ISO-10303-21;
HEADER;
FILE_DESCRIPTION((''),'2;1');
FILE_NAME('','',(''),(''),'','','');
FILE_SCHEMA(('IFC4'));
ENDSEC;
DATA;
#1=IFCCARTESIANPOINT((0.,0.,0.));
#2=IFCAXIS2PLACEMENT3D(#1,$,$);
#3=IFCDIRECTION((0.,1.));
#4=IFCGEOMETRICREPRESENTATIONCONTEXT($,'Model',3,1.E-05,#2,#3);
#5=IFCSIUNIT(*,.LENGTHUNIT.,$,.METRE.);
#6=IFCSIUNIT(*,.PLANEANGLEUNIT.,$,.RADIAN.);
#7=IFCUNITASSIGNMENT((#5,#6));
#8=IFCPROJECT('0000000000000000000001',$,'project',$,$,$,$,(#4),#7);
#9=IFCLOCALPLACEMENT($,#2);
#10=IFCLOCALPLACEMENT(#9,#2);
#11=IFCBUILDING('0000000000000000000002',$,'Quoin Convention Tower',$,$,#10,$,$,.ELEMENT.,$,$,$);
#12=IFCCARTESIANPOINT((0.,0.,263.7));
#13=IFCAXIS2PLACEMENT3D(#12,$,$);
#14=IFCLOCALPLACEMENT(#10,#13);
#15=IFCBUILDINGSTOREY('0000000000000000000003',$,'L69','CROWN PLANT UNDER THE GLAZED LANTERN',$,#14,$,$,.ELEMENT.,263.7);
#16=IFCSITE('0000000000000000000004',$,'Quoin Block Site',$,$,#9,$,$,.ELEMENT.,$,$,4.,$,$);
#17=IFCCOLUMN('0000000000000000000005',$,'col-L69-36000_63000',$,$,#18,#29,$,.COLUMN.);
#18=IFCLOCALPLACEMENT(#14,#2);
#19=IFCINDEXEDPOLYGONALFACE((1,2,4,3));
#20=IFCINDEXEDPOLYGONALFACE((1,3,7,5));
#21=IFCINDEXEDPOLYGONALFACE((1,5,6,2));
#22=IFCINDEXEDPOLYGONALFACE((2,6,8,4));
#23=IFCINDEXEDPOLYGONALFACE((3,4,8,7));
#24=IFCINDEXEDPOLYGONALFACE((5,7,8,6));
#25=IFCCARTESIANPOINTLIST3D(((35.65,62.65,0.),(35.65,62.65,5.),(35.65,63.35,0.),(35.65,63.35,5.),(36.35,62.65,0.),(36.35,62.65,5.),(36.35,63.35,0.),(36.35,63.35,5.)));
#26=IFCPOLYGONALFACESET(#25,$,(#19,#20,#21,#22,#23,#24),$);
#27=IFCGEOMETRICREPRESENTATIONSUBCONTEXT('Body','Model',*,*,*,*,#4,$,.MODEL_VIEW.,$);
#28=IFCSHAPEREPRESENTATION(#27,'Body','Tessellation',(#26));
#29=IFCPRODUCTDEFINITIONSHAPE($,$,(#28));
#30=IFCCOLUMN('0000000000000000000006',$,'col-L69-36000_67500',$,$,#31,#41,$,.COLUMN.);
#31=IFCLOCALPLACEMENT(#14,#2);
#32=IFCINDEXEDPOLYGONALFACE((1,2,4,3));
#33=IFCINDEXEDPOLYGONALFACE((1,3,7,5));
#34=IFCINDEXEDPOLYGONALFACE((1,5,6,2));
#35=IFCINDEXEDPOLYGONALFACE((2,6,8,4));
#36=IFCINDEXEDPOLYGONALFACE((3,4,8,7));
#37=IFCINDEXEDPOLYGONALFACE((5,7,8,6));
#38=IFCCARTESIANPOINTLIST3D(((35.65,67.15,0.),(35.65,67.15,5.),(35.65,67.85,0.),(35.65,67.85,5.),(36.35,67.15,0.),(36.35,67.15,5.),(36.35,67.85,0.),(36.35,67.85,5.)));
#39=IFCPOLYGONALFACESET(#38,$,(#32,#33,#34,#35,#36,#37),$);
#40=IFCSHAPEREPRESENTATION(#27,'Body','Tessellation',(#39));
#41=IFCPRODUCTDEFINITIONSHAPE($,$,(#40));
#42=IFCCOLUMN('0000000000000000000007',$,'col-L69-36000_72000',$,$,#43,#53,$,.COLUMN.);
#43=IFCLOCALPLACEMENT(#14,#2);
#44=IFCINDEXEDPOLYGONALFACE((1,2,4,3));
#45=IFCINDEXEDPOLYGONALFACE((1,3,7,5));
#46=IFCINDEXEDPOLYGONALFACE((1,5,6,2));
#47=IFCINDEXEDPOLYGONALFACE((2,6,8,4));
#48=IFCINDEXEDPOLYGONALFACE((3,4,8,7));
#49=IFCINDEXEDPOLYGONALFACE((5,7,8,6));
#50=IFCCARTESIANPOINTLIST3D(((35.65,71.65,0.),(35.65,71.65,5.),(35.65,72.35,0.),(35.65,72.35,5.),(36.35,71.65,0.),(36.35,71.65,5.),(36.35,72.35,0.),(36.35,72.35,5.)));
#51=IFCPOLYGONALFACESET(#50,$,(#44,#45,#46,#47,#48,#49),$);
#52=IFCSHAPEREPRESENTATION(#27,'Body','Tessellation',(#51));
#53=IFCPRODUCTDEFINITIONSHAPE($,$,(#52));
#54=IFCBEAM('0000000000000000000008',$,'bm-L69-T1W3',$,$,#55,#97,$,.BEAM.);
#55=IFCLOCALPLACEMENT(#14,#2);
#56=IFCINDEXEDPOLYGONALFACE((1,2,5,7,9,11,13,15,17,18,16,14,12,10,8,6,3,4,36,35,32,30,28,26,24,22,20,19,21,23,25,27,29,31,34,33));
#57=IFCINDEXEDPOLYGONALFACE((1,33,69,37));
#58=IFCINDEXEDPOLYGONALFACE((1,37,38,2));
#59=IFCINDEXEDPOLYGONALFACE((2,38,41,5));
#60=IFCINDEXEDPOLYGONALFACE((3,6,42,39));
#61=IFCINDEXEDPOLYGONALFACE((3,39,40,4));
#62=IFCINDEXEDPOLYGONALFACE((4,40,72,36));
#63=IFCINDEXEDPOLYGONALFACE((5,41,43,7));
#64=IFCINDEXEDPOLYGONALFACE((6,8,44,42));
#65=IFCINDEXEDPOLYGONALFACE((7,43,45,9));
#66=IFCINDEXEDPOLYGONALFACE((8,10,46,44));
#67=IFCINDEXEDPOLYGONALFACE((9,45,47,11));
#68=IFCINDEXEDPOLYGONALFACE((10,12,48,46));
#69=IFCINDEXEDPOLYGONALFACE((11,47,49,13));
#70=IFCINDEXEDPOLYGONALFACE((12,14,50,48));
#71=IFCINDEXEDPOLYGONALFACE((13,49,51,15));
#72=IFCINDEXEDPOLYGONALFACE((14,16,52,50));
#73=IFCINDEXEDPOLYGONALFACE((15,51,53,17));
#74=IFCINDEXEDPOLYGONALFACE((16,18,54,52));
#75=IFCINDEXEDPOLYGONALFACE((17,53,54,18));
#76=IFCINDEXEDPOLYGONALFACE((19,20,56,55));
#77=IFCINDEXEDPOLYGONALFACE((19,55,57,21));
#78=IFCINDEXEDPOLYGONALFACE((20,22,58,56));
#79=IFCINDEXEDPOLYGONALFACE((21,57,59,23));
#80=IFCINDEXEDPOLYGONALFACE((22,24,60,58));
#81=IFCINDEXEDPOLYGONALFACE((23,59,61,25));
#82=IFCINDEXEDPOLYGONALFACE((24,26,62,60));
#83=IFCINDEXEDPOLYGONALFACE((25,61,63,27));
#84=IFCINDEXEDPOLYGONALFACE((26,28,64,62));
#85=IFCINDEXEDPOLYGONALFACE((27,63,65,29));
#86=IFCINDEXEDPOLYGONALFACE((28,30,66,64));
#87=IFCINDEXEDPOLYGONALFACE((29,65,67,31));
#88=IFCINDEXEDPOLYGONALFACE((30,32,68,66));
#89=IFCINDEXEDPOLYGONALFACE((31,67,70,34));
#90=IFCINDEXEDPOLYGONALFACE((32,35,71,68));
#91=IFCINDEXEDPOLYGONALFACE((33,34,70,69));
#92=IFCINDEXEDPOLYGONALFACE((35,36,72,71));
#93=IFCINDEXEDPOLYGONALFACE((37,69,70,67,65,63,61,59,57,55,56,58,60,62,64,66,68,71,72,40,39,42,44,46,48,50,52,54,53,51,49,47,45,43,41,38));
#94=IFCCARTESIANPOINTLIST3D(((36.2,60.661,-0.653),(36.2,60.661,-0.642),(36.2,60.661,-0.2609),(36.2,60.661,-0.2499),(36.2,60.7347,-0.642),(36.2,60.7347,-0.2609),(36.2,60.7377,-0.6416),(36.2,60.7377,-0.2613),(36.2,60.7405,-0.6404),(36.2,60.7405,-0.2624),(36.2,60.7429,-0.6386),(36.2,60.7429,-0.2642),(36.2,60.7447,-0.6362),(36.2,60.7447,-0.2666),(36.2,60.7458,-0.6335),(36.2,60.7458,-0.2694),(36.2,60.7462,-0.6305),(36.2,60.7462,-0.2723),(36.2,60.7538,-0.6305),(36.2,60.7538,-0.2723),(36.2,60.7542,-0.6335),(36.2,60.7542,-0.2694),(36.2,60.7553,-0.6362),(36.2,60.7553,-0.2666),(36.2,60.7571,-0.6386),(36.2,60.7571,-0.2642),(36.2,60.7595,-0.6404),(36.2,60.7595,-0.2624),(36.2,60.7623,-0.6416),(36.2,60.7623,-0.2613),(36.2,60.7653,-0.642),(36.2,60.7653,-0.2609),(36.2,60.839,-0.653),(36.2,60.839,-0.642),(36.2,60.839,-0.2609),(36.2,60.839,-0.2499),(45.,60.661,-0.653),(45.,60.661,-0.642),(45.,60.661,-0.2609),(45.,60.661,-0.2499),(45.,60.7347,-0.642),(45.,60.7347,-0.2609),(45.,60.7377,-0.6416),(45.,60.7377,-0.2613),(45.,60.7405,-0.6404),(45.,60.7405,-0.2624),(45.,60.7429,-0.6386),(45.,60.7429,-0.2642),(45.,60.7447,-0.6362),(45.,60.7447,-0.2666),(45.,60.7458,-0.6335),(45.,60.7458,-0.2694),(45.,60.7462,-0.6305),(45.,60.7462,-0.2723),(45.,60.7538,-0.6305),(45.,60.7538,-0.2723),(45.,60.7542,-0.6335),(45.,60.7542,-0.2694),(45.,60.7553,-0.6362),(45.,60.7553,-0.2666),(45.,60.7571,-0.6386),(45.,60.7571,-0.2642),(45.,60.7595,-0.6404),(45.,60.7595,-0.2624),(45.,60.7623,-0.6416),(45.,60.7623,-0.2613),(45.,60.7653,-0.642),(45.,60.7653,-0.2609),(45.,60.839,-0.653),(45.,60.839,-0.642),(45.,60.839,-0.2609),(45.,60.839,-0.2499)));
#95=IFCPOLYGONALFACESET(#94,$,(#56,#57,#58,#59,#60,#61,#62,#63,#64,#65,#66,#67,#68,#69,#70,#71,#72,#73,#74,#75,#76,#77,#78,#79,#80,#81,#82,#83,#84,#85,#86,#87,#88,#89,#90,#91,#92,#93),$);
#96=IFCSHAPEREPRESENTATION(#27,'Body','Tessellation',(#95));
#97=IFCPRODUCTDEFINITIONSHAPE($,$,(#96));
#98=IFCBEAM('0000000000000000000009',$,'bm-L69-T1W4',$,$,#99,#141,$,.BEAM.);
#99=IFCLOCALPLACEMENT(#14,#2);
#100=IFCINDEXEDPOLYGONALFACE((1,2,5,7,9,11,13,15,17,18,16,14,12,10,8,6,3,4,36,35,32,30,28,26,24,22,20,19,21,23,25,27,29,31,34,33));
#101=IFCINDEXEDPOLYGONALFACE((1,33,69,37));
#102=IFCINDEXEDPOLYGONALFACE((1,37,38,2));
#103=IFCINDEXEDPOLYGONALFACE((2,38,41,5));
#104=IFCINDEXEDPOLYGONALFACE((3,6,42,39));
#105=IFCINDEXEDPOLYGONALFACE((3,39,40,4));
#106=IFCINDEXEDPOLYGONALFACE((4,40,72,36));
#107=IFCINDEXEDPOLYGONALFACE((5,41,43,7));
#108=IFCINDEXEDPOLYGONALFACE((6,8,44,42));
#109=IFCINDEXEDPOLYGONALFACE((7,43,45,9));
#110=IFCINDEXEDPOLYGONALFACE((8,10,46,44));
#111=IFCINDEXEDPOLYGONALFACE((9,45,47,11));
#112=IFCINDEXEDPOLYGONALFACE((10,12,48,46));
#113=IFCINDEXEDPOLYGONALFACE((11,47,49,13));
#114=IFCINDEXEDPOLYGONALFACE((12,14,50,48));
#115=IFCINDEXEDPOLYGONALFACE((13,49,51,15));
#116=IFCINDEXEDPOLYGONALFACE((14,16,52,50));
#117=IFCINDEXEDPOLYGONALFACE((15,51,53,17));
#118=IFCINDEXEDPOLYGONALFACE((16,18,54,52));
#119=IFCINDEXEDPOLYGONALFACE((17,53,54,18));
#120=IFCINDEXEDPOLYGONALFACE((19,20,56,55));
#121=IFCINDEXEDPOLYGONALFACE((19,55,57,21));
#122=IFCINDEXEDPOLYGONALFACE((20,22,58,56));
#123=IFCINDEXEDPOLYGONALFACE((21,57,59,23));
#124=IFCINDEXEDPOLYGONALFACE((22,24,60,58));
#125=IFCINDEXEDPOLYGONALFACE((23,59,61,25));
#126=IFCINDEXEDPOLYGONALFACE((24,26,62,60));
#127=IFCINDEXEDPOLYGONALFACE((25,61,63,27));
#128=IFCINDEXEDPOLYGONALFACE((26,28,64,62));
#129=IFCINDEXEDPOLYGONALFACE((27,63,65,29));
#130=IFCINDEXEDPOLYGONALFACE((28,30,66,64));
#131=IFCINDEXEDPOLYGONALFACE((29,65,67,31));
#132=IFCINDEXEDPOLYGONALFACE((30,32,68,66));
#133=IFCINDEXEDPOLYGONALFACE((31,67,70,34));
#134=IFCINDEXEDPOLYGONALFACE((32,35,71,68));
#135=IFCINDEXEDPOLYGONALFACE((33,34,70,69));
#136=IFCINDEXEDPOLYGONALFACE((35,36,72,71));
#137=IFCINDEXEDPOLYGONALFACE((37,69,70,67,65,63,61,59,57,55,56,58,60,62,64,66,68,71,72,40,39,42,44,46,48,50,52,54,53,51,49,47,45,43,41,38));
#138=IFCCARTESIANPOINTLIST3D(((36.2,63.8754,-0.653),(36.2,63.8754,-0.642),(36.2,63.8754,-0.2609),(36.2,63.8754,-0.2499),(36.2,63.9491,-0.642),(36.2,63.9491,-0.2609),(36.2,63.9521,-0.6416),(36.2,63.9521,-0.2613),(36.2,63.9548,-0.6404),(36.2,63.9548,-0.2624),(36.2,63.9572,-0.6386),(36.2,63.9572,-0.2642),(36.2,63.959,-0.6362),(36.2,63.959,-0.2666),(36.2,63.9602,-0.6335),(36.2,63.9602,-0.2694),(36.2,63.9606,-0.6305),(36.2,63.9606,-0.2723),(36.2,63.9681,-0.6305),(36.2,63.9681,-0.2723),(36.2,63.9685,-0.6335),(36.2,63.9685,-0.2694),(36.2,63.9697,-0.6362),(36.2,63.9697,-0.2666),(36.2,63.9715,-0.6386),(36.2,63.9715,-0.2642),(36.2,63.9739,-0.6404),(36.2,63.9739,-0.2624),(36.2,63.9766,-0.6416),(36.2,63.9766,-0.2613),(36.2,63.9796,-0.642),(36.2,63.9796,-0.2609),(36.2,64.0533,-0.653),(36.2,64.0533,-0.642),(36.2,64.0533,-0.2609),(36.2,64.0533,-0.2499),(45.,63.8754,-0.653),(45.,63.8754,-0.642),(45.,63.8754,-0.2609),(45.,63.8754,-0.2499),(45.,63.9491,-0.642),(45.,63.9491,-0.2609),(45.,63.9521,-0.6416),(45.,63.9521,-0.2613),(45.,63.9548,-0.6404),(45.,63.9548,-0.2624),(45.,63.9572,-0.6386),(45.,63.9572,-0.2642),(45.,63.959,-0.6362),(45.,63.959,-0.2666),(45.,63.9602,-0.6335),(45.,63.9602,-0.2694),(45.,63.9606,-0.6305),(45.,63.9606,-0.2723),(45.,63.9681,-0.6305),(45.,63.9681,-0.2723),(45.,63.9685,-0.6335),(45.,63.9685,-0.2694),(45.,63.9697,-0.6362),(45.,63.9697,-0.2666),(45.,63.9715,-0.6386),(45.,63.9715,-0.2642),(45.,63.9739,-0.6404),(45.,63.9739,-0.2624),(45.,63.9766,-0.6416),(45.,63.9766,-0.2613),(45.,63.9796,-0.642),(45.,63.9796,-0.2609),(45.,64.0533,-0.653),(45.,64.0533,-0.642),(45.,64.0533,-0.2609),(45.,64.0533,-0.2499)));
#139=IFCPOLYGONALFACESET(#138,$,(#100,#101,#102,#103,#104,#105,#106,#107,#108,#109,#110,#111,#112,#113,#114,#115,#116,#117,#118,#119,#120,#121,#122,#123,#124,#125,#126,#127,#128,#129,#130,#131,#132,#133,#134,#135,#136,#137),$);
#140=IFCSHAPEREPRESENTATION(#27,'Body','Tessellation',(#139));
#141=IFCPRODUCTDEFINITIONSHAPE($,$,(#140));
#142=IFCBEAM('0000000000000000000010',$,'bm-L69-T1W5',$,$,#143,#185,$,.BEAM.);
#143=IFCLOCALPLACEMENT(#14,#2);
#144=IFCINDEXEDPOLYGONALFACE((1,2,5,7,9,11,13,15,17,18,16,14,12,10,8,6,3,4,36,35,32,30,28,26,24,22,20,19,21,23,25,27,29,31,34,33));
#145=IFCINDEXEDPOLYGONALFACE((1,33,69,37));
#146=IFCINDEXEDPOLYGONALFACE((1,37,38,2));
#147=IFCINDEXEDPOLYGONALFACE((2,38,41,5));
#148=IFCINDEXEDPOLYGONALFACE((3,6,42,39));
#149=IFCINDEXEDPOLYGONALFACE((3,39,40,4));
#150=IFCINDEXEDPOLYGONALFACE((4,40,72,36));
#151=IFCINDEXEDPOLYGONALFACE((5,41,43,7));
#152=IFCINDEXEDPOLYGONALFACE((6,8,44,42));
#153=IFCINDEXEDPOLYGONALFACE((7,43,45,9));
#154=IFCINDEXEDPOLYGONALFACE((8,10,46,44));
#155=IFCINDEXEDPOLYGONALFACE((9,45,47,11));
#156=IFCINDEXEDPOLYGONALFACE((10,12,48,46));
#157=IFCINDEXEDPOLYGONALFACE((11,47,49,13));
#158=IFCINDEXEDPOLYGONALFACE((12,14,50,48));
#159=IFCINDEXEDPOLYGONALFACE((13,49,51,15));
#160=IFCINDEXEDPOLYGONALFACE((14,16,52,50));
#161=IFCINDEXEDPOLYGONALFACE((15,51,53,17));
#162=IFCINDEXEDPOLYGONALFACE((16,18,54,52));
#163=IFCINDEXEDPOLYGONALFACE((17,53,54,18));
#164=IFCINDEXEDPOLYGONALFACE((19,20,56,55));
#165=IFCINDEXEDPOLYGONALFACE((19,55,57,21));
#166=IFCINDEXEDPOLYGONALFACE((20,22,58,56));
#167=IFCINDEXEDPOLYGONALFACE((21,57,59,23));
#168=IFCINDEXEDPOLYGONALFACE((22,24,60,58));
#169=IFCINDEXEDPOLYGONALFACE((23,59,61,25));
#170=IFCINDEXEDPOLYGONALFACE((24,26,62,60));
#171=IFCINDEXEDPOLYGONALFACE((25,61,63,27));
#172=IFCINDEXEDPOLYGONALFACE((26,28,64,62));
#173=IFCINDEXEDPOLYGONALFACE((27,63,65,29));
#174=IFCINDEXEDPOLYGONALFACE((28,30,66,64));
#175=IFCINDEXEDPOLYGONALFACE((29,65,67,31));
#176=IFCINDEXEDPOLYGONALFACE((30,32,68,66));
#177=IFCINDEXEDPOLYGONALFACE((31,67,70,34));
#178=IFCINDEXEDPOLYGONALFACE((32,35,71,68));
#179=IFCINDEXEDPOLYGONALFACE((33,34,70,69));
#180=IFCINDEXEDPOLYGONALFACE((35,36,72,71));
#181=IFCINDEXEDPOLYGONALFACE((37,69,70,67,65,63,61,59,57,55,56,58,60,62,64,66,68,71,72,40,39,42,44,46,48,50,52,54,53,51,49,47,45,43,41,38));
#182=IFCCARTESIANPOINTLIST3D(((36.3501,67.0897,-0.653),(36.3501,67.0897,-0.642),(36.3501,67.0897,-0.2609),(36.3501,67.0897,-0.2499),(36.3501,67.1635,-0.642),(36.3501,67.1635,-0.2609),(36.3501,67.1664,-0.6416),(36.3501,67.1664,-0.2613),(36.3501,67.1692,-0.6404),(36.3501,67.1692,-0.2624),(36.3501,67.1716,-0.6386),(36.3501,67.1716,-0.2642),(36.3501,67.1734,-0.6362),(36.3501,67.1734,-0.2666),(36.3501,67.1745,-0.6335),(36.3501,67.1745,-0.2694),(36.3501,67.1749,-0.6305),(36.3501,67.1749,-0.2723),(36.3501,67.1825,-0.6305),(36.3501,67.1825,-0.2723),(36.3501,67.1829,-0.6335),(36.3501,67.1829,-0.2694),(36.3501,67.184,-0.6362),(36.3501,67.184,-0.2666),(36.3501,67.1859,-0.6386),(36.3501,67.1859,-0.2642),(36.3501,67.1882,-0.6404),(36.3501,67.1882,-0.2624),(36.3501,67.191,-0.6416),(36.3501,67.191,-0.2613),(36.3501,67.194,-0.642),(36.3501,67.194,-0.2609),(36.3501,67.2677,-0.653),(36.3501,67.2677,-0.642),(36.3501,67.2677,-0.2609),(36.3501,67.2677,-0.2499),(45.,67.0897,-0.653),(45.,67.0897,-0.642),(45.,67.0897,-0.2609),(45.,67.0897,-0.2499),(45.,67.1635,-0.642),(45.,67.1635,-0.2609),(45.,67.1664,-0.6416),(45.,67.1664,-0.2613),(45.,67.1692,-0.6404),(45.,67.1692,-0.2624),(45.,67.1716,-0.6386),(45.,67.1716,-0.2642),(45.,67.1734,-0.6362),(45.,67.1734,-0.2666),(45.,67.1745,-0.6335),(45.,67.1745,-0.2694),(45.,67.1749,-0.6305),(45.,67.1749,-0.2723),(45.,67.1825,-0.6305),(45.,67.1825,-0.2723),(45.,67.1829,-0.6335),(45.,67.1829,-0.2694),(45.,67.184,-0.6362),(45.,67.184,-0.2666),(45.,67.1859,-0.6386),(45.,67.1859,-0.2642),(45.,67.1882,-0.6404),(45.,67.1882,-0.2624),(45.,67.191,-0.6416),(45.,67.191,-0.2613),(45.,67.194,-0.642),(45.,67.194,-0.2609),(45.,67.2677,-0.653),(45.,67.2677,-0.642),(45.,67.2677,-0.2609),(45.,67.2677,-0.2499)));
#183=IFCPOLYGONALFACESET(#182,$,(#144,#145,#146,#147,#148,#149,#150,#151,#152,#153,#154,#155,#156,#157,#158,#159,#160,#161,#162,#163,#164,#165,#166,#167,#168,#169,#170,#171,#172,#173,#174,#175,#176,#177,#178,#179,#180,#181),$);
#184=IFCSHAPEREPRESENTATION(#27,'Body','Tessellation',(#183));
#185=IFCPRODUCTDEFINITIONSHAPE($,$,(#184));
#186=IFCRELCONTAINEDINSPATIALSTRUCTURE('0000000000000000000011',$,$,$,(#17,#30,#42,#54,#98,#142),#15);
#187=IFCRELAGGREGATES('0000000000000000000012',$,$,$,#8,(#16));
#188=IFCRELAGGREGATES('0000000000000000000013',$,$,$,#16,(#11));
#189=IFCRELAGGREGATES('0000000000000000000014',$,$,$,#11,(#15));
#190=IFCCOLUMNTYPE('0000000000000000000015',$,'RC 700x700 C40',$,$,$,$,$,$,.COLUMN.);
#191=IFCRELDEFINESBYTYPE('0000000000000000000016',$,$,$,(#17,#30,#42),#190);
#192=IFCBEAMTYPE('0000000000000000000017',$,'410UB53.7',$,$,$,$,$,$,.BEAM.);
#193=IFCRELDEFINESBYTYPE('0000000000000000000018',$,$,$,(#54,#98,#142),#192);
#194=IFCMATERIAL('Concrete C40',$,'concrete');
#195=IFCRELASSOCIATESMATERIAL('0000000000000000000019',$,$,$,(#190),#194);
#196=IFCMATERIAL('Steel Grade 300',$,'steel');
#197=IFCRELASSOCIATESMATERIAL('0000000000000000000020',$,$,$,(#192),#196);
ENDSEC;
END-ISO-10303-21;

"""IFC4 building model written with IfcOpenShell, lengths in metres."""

from ifc_helpers import new_model, si_unit, direction, frame, origin, origin_2d, place, context, subcontext, project, spatial, rectangle, i_section, extrude, material, material_profile, profile_set, type_object, element, save


model = new_model("IFC4")

# Units and contexts
model_context = context("Model", 3, precision=1e-05, world=origin(), true_north=direction((0.0, 1.0)))
body_context = subcontext(model_context, "Body", "Model", "MODEL_VIEW")
ifc_project = project(units=[si_unit("LENGTHUNIT", "METRE"), si_unit("PLANEANGLEUNIT", "RADIAN")], contexts=[model_context])

# Site, building, storey
site_placement = place(None, origin())
site = spatial("IfcSite", under=ifc_project, at=site_placement, Name="Quoin Block Site", CompositionType="ELEMENT", RefElevation=4.0)
building_placement = place(site_placement, origin())
building = spatial("IfcBuilding", under=site, at=building_placement, Name="Quoin Convention Tower", CompositionType="ELEMENT")
storey_placement = place(building_placement, frame((0.0, 0.0, 263.7)))
storey = spatial("IfcBuildingStorey", under=building, at=storey_placement, Name="L69", Description="CROWN PLANT UNDER THE GLAZED LANTERN", CompositionType="ELEMENT", Elevation=263.7)

# Columns
ifc_material_1 = material(Name="Concrete C40", Category="concrete")
ifc_material_profile_1 = material_profile(ifc_material_1, rectangle(XDim=0.7, YDim=0.7, at=origin_2d()), Name="RC 700x700")
ifc_profile_set_1 = profile_set([ifc_material_profile_1], Name="Concrete C40")
column_type = type_object("IfcColumnType", Name="RC 700x700 C40", PredefinedType="COLUMN", material=ifc_profile_set_1)
for number, where, z_axis, x_axis, name in (
    (1, (36.0, 63.0, 0.0), (0.0, 0.0, 1.0), (1.0, 0.0, 0.0), "col-L69-36000_63000"),
    (2, (36.0, 67.5, 0.0), (0.0, 0.0, 1.0), (1.0, 0.0, 0.0), "col-L69-36000_67500"),
    (3, (36.0, 72.0, 0.0), (0.0, 0.0, 1.0), (1.0, 0.0, 0.0), "col-L69-36000_72000"),
):
    element("IfcColumn", number, at=place(storey_placement, frame(where, z_axis=z_axis, x_axis=x_axis)), inside=storey, type_object=column_type, Name=name, PredefinedType="COLUMN", context=body_context, shape_type="SweptSolid", body=[
        extrude(rectangle(XDim=0.7, YDim=0.7, at=origin_2d()), origin(), (0.0, 0.0, 1.0), 5.0),
    ])

# Beams
ifc_material_2 = material(Name="Steel Grade 300", Category="steel")
ifc_material_profile_2 = material_profile(ifc_material_2, i_section(OverallWidth=0.178, OverallDepth=0.4031, WebThickness=0.0076, FlangeThickness=0.011, FilletRadius=0.0115, at=origin_2d()), Name="410UB53.7")
ifc_profile_set_2 = profile_set([ifc_material_profile_2], Name="Steel Grade 300")
beam_type_1 = type_object("IfcBeamType", Name="410UB53.7", PredefinedType="BEAM", material=ifc_profile_set_2)
for number, where, z_axis, x_axis, name in (
    (4, (36.2, 60.75, -0.4514), (1.0, 0.0, 0.0), (0.0, 1.0, 0.0), "bm-L69-T1W3"),
    (5, (36.2, 63.9644, -0.4514), (1.0, 0.0, 0.0), (0.0, 1.0, 0.0), "bm-L69-T1W4"),
):
    element("IfcBeam", number, at=place(storey_placement, frame(where, z_axis=z_axis, x_axis=x_axis)), inside=storey, type_object=beam_type_1, Name=name, PredefinedType="BEAM", context=body_context, shape_type="SweptSolid", body=[
        extrude(i_section(OverallWidth=0.178, OverallDepth=0.4031, WebThickness=0.0076, FlangeThickness=0.011, FilletRadius=0.0115, at=origin_2d()), origin(), (0.0, 0.0, 1.0), 8.8),
    ])
beam_1_placement = place(storey_placement, frame((36.3501, 67.1787, -0.4514), z_axis=(1.0, 0.0, 0.0), x_axis=(0.0, 1.0, 0.0)))
element("IfcBeam", 6, at=beam_1_placement, inside=storey, type_object=beam_type_1, Name="bm-L69-T1W5", PredefinedType="BEAM", context=body_context, shape_type="SweptSolid", body=[
    extrude(i_section(OverallWidth=0.178, OverallDepth=0.4031, WebThickness=0.0076, FlangeThickness=0.011, FilletRadius=0.0115, at=origin_2d()), origin(), (0.0, 0.0, 1.0), 8.6499),
])

save(model, "model.ifc")
